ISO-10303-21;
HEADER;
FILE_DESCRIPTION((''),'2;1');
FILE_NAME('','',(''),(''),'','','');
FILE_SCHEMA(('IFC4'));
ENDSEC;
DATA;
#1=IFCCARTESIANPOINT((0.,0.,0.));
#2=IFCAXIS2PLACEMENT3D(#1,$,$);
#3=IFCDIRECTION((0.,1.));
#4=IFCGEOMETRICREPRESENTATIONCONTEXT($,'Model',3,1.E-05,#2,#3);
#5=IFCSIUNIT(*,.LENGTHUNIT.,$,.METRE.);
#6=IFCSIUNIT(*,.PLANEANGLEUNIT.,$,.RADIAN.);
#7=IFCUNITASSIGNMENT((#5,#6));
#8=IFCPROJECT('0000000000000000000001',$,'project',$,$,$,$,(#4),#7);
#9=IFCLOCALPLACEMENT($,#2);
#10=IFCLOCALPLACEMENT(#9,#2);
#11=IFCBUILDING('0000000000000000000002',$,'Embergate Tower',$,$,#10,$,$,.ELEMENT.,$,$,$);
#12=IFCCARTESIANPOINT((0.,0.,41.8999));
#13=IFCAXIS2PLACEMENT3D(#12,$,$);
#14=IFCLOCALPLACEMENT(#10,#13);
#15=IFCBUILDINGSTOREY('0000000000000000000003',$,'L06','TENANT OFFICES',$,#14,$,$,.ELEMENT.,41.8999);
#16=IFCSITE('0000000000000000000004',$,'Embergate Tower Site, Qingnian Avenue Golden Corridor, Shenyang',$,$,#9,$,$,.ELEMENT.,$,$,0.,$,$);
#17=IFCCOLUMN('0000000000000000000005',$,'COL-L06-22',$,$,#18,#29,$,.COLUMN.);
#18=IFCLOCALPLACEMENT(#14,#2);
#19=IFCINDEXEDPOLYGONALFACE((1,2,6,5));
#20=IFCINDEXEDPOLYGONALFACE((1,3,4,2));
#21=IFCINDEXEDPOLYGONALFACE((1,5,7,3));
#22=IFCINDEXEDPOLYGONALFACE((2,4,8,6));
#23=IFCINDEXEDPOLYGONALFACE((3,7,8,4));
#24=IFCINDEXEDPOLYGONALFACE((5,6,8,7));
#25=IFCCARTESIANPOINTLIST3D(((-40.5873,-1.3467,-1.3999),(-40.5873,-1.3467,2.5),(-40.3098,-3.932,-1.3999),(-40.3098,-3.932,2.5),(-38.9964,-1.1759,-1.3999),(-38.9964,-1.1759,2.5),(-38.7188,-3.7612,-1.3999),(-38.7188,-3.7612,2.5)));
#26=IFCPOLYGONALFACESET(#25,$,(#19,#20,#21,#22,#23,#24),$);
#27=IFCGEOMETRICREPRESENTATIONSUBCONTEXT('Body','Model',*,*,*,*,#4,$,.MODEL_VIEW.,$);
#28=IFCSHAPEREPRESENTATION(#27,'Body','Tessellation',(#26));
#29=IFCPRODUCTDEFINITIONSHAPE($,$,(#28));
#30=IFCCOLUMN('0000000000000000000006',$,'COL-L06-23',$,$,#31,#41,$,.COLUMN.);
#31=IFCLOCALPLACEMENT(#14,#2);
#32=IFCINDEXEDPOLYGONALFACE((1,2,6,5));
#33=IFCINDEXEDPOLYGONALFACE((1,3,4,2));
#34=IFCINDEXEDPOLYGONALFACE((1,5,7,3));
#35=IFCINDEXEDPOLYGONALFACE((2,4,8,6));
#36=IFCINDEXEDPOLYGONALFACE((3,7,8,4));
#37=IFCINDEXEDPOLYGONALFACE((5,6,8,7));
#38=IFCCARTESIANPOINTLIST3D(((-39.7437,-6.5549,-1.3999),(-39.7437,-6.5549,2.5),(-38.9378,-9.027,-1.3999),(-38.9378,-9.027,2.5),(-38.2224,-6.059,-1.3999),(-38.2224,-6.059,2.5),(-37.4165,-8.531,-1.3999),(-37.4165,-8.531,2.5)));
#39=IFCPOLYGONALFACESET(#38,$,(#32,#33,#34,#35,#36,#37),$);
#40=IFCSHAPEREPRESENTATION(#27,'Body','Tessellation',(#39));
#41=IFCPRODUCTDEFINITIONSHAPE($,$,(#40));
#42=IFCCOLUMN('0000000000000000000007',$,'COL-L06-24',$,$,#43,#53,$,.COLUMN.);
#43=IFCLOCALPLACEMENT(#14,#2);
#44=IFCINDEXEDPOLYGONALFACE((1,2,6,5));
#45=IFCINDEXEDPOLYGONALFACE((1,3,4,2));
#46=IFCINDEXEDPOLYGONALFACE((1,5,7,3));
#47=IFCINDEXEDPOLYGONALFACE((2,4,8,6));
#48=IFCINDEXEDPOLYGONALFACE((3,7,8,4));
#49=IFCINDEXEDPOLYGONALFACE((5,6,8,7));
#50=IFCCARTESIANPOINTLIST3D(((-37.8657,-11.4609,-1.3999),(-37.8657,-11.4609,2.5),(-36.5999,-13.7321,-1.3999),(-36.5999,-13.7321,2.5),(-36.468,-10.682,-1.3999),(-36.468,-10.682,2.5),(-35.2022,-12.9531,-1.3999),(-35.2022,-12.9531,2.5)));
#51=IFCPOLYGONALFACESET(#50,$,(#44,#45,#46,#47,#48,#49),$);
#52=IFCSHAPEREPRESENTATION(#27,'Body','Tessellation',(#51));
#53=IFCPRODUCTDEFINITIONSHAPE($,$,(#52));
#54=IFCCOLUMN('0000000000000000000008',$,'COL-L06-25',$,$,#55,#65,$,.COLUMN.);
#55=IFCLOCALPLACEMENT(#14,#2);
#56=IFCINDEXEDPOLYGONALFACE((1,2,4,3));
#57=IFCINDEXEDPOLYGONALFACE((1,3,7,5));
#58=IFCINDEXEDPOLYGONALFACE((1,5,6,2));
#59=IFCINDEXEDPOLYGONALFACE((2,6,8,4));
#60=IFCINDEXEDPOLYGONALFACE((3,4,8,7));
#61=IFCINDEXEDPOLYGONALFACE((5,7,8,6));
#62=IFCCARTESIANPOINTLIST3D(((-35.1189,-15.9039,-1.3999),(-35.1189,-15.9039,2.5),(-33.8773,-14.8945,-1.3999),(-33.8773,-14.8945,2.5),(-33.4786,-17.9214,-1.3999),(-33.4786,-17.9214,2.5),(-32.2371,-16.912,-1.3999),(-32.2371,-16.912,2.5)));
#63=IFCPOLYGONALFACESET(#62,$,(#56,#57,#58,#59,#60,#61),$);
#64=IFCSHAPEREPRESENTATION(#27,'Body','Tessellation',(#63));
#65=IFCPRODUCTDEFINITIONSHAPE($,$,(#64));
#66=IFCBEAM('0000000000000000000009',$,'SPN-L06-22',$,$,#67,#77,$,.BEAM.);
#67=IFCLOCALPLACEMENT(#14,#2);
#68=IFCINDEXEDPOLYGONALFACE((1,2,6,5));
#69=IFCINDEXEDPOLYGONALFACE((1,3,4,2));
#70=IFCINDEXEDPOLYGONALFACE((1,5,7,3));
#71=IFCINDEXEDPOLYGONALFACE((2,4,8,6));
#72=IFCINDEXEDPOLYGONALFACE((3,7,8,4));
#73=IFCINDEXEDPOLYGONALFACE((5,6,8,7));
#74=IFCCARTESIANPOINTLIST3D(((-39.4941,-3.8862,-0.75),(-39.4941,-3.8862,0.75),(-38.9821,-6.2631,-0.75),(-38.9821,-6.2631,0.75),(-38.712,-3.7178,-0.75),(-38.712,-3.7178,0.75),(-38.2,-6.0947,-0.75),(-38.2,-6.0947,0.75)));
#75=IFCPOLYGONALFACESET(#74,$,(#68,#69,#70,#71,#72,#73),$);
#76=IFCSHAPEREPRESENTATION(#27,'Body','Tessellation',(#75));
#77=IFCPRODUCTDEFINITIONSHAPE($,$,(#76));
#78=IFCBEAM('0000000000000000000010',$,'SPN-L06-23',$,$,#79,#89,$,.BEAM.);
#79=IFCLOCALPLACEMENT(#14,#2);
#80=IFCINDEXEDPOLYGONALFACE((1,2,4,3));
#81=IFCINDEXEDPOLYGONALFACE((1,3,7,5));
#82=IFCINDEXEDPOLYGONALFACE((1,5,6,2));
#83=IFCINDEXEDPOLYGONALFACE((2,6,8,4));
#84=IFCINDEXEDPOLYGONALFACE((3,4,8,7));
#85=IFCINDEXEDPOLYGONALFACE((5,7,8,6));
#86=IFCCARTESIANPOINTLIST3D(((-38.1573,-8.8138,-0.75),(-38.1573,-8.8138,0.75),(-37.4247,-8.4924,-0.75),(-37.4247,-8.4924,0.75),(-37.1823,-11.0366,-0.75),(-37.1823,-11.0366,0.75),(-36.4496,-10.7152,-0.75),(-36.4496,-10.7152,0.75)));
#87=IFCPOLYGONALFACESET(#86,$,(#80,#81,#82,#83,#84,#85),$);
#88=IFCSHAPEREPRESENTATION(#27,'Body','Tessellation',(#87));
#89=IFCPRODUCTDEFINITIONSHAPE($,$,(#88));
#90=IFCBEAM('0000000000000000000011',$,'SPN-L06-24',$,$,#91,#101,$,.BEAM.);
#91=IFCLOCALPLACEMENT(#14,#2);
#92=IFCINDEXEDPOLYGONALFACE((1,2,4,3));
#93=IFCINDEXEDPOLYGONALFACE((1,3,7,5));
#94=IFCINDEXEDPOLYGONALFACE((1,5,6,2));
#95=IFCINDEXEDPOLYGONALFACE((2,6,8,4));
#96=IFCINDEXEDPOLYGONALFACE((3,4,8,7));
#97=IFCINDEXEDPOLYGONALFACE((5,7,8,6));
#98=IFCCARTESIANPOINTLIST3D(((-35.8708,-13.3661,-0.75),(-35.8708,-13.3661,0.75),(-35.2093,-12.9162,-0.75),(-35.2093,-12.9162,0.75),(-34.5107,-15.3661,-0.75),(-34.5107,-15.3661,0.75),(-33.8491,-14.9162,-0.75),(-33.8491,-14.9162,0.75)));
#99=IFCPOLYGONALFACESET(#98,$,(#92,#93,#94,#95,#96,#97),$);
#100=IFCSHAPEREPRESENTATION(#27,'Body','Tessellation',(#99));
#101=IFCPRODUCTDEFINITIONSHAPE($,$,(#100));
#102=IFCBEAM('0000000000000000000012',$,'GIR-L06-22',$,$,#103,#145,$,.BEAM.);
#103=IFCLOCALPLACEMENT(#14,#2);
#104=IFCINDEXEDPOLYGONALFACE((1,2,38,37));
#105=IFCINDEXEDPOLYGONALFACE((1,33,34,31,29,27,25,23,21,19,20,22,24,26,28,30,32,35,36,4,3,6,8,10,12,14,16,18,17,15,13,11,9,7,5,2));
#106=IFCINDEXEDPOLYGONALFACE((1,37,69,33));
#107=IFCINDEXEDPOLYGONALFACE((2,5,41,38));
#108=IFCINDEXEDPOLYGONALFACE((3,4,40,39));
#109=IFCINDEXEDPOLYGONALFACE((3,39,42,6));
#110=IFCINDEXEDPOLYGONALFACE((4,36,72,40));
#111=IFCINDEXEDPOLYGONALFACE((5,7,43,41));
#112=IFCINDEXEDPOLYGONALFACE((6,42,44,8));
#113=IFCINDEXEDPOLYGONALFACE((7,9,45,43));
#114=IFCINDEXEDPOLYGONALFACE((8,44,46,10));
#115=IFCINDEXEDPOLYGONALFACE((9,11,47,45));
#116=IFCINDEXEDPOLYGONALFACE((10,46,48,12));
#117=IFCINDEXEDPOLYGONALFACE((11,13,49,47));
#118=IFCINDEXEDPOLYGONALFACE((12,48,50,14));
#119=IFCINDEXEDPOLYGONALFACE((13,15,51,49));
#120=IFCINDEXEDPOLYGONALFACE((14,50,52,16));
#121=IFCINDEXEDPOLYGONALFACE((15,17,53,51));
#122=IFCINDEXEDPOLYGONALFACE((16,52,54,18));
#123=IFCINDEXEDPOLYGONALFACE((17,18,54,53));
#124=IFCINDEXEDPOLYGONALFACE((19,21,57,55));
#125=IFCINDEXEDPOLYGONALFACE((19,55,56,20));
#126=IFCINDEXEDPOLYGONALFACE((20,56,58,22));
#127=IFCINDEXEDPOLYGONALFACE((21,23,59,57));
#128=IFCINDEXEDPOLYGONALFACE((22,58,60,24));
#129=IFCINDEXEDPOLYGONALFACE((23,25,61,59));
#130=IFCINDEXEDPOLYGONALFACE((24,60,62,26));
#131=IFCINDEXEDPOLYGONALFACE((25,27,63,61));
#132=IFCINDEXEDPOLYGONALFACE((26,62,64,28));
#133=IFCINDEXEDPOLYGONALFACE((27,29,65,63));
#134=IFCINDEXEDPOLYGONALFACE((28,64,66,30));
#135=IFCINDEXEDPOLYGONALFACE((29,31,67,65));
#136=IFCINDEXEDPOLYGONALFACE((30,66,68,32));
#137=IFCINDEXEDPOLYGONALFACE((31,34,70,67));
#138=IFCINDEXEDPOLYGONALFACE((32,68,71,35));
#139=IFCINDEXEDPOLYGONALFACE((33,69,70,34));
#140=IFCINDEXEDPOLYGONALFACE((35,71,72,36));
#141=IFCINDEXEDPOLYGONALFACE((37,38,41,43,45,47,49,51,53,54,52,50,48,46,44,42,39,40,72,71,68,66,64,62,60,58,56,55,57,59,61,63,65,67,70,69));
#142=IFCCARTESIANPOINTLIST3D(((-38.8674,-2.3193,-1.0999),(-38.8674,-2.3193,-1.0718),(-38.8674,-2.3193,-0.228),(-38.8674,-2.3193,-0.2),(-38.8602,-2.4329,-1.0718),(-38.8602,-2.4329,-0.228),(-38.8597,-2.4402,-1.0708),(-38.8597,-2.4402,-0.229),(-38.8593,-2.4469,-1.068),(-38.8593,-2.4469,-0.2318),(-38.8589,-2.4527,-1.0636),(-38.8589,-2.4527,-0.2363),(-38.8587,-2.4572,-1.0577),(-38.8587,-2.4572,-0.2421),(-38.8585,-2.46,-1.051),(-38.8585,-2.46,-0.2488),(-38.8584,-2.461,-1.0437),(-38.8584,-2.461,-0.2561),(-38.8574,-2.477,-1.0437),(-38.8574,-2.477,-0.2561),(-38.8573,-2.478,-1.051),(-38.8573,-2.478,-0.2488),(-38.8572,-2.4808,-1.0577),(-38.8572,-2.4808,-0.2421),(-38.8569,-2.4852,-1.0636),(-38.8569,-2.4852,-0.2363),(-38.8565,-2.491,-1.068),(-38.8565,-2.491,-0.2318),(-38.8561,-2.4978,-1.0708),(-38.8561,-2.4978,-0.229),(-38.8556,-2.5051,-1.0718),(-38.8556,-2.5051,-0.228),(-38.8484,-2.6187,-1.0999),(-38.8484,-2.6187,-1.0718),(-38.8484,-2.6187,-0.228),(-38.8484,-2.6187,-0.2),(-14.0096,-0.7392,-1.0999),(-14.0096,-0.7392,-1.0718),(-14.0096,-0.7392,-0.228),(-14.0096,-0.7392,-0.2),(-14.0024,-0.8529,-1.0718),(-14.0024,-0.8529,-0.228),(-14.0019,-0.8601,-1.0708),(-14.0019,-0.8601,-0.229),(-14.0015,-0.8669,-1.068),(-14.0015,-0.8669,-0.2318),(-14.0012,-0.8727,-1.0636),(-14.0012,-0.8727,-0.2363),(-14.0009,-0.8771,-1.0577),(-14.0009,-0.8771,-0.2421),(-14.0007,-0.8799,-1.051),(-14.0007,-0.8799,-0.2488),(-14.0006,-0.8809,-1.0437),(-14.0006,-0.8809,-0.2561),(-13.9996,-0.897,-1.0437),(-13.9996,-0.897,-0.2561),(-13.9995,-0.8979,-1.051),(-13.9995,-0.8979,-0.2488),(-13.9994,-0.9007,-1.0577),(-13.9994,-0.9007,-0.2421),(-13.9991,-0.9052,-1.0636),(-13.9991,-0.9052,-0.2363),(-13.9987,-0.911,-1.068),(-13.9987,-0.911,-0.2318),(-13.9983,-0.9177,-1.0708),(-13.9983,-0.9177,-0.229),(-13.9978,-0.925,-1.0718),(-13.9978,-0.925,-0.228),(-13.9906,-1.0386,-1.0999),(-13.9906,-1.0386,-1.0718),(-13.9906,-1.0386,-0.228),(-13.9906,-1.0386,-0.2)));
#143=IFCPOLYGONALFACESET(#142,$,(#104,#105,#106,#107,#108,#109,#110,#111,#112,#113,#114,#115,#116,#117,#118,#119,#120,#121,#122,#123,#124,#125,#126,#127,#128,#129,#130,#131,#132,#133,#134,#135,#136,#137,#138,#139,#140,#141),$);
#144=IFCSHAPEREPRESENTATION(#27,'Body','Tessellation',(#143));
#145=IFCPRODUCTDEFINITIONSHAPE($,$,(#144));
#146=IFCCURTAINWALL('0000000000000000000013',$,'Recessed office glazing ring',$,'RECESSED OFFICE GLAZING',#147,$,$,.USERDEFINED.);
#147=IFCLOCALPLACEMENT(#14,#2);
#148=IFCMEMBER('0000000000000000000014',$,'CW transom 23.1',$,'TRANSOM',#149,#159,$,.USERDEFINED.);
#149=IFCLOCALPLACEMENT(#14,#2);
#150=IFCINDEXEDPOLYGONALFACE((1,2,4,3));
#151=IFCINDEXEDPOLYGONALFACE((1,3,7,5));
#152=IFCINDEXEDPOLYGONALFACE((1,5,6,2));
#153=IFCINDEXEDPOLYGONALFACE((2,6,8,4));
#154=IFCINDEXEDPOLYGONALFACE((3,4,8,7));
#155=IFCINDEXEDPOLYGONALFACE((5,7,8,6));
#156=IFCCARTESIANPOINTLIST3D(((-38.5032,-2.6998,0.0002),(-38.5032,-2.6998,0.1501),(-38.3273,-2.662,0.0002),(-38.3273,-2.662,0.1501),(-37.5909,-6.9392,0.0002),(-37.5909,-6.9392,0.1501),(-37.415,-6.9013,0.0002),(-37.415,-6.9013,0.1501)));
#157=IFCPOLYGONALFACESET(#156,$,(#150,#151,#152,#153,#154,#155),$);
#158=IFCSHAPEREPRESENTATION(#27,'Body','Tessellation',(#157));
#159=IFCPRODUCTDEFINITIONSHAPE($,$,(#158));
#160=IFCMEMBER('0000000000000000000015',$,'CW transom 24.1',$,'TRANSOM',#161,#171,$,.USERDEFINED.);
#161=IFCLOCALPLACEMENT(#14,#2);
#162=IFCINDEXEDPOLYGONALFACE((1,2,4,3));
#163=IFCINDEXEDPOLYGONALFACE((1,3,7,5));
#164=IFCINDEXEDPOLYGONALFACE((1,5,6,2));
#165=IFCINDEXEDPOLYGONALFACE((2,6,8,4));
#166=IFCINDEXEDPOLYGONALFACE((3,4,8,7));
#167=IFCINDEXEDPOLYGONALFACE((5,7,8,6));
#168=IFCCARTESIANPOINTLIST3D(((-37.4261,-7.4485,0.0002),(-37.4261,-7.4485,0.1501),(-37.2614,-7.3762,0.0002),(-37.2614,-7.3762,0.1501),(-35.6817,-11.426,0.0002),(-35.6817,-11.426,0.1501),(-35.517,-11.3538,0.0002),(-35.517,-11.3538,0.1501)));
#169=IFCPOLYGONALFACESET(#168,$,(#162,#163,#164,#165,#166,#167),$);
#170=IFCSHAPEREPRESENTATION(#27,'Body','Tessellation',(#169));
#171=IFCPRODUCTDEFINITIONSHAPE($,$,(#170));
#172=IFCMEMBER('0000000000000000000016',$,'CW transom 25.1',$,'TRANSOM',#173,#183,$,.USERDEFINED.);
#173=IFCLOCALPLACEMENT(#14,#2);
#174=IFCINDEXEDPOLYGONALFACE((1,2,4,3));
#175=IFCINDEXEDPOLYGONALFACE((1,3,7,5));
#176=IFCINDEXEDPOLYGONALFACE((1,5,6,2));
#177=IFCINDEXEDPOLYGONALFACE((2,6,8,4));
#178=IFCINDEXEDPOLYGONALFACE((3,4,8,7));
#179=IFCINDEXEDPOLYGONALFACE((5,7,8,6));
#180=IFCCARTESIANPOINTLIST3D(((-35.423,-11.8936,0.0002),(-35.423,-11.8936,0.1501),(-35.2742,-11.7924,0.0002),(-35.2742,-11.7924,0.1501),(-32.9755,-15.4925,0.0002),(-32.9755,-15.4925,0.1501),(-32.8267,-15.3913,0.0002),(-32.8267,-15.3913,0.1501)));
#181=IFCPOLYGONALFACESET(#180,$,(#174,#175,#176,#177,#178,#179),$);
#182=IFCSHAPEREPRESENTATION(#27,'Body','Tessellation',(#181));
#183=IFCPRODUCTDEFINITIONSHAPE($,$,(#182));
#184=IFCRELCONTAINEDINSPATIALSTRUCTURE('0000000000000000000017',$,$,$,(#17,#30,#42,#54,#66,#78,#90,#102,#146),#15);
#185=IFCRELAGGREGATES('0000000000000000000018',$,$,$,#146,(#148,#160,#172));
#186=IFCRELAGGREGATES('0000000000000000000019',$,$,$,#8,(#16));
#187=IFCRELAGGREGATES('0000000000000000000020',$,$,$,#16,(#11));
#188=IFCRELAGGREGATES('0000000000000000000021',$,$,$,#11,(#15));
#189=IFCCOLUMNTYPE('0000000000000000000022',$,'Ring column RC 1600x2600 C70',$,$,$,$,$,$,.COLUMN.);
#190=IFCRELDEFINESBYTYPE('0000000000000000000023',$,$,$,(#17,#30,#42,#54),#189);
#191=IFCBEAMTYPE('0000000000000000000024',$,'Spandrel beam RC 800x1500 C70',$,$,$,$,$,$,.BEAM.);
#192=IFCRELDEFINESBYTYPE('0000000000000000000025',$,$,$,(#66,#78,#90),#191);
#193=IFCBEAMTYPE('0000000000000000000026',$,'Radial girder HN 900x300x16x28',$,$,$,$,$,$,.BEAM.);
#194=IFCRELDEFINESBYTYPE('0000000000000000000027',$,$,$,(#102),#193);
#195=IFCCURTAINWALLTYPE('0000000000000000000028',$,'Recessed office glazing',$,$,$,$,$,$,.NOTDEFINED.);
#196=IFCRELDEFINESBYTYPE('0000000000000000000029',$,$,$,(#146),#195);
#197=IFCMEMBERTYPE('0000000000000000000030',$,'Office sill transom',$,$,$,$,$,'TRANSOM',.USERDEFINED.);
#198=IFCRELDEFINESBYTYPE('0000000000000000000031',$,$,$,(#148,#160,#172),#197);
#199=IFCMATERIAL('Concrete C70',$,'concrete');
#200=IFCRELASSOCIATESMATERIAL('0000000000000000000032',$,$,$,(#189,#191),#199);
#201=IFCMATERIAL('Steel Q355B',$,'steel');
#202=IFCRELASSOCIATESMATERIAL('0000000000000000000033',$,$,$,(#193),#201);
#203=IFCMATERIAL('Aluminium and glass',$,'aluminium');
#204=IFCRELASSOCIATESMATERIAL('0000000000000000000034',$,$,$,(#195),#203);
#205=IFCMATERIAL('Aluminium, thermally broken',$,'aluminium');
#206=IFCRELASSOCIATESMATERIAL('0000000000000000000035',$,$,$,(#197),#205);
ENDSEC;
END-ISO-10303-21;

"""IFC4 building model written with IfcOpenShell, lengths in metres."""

from ifc_helpers import new_model, si_unit, direction, frame, origin, origin_2d, place, context, subcontext, project, spatial, rectangle, i_section, extrude, source, transform, mapped, material, material_profile, profile_set, type_object, element, aggregate, save


model = new_model("IFC4")

# Units and contexts
model_context = context("Model", 3, precision=1e-05, world=origin(), true_north=direction((0.0, 1.0)))
body_context = subcontext(model_context, "Body", "Model", "MODEL_VIEW")
ifc_project = project(units=[si_unit("LENGTHUNIT", "METRE"), si_unit("PLANEANGLEUNIT", "RADIAN")], contexts=[model_context])

# Site, building, storey
site_placement = place(None, origin())
site = spatial("IfcSite", under=ifc_project, at=site_placement, Name="Embergate Tower Site, Qingnian Avenue Golden Corridor, Shenyang", CompositionType="ELEMENT", RefElevation=0.0)
building_placement = place(site_placement, origin())
building = spatial("IfcBuilding", under=site, at=building_placement, Name="Embergate Tower", CompositionType="ELEMENT")
storey_placement = place(building_placement, frame((0.0, 0.0, 41.8999)))
storey = spatial("IfcBuildingStorey", under=building, at=storey_placement, Name="L06", Description="TENANT OFFICES", CompositionType="ELEMENT", Elevation=41.8999)

# Columns
ifc_material_1 = material(Name="Concrete C70", Category="concrete")
ifc_material_profile_1 = material_profile(ifc_material_1, rectangle(XDim=1.6001, YDim=2.6001, at=origin_2d()), Name="RC 1600x2600")
ifc_profile_set_1 = profile_set([ifc_material_profile_1], Name="Concrete C70")
column_type = type_object("IfcColumnType", Name="Ring column RC 1600x2600 C70", PredefinedType="COLUMN", material=ifc_profile_set_1)
shared_shape_1 = source(origin(), body_context, "Body", "SweptSolid", [
    extrude(rectangle(XDim=1.6001, YDim=2.6001, at=origin_2d()), origin(), (0.0, 0.0, 1.0), 3.8999),
])
for number, where, z_axis, x_axis, name in (
    (1, (-39.6531, -2.554, -1.3999), (0.0, 0.0, 1.0), (-0.994286, -0.10675, 0.0), "COL-L06-22"),
    (2, (-38.5801, -7.543, -1.3999), (0.0, 0.0, 1.0), (-0.950754, -0.309946, 0.0), "COL-L06-23"),
    (3, (-36.5339, -12.207, -1.3999), (0.0, 0.0, 1.0), (-0.873492, -0.486839, 0.0), "COL-L06-24"),
    (4, (-33.678, -16.408, -1.3999), (0.0, 0.0, 1.0), (-0.775914, -0.630838, 0.0), "COL-L06-25"),
):
    element("IfcColumn", number, at=place(storey_placement, frame(where, z_axis=z_axis, x_axis=x_axis)), inside=storey, type_object=column_type, Name=name, PredefinedType="COLUMN", context=body_context, shape_type="MappedRepresentation", body=[
        mapped(shared_shape_1, transform((0.0, 0.0, 0.0))),
    ])

# Beams
ifc_material_profile_2 = material_profile(ifc_material_1, rectangle(XDim=0.8, YDim=1.5, at=origin_2d()), Name="RC 800x1500")
ifc_profile_set_2 = profile_set([ifc_material_profile_2], Name="Concrete C70")
beam_type_1 = type_object("IfcBeamType", Name="Spandrel beam RC 800x1500 C70", PredefinedType="BEAM", material=ifc_profile_set_2)
shared_shape_2 = source(origin(), body_context, "Body", "SweptSolid", [
    extrude(rectangle(XDim=0.8, YDim=1.5, at=origin_2d()), origin(), (0.0, 0.0, 1.0), 2.4314),
])
beam_1_placement = place(storey_placement, frame((-39.103, -3.802, 0.0), z_axis=(0.210558, -0.977581, 0.0), x_axis=(0.977581, 0.210558, 0.0)))
element("IfcBeam", 5, at=beam_1_placement, inside=storey, type_object=beam_type_1, Name="SPN-L06-22", PredefinedType="BEAM", context=body_context, shape_type="MappedRepresentation", body=[
    mapped(shared_shape_2, transform((0.0, 0.0, 0.0))),
])
shared_shape_3 = source(origin(), body_context, "Body", "SweptSolid", [
    extrude(rectangle(XDim=0.8, YDim=1.5, at=origin_2d()), origin(), (0.0, 0.0, 1.0), 2.4272),
])
beam_2_placement = place(storey_placement, frame((-37.791, -8.6531, 0.0), z_axis=(0.40171, -0.915767, 0.0), x_axis=(0.915767, 0.40171, 0.0)))
element("IfcBeam", 6, at=beam_2_placement, inside=storey, type_object=beam_type_1, Name="SPN-L06-23", PredefinedType="BEAM", context=body_context, shape_type="MappedRepresentation", body=[
    mapped(shared_shape_3, transform((0.0, 0.0, 0.0))),
])
shared_shape_4 = source(origin(), body_context, "Body", "SweptSolid", [
    extrude(rectangle(XDim=0.8, YDim=1.5, at=origin_2d()), origin(), (0.0, 0.0, 1.0), 2.4187),
])
beam_3_placement = place(storey_placement, frame((-35.54, -13.1411, 0.0), z_axis=(0.56234, -0.826906, 0.0), x_axis=(0.826906, 0.56234, 0.0)))
element("IfcBeam", 7, at=beam_3_placement, inside=storey, type_object=beam_type_1, Name="SPN-L06-24", PredefinedType="BEAM", context=body_context, shape_type="MappedRepresentation", body=[
    mapped(shared_shape_4, transform((0.0, 0.0, 0.0))),
])
ifc_material_2 = material(Name="Steel Q355B", Category="steel")
ifc_material_profile_3 = material_profile(ifc_material_2, i_section(OverallWidth=0.3, OverallDepth=0.8999, WebThickness=0.0161, FlangeThickness=0.0281, FilletRadius=0.0281, at=origin_2d()), Name="HN 900x300x16x28")
ifc_profile_set_3 = profile_set([ifc_material_profile_3], Name="Steel Q355 grade B")
beam_type_2 = type_object("IfcBeamType", Name="Radial girder HN 900x300x16x28", PredefinedType="BEAM", material=ifc_profile_set_3)
shared_shape_5 = source(origin(), body_context, "Body", "SweptSolid", [
    extrude(i_section(OverallWidth=0.3, OverallDepth=0.8999, WebThickness=0.0161, FlangeThickness=0.0281, FilletRadius=0.0281, at=origin_2d()), origin(), (0.0, 0.0, 1.0), 24.908),
])
beam_4_placement = place(storey_placement, frame((-38.8579, -2.469, -0.6499), z_axis=(0.997986, 0.063436, 0.0), x_axis=(-0.063436, 0.997986, 0.0)))
element("IfcBeam", 8, at=beam_4_placement, inside=storey, type_object=beam_type_2, Name="GIR-L06-22", PredefinedType="BEAM", context=body_context, shape_type="MappedRepresentation", body=[
    mapped(shared_shape_5, transform((0.0, 0.0, 0.0))),
])

# Curtain wall, members
ifc_material_3 = material(Name="Aluminium and glass", Category="aluminium")
curtain_wall_type = type_object("IfcCurtainWallType", Name="Recessed office glazing", PredefinedType="NOTDEFINED", material=ifc_material_3)
curtain_wall_placement = place(storey_placement, origin())
curtain_wall = element("IfcCurtainWall", 9, at=curtain_wall_placement, inside=storey, type_object=curtain_wall_type, Name="Recessed office glazing ring", ObjectType="RECESSED OFFICE GLAZING", PredefinedType="USERDEFINED")
ifc_material_4 = material(Name="Aluminium, thermally broken", Category="aluminium")
ifc_material_profile_4 = material_profile(ifc_material_4, rectangle(XDim=0.1799, YDim=0.1499, at=origin_2d()), Name="AL 150x180")
ifc_profile_set_4 = profile_set([ifc_material_profile_4], Name="Aluminium, thermally broken")
member_type_1 = type_object("IfcMemberType", Name="Office sill transom", ElementType="TRANSOM", PredefinedType="USERDEFINED", material=ifc_profile_set_4)
shared_shape_6 = source(origin(), body_context, "Body", "SweptSolid", [
    extrude(rectangle(XDim=0.1799, YDim=0.1499, at=origin_2d()), origin(), (0.0, 0.0, 1.0), 4.3364),
])
member_1_placement = place(storey_placement, frame((-38.4153, -2.6809, 0.0752), z_axis=(0.210398, -0.977616, 0.0), x_axis=(0.977616, 0.210398, 0.0)))
member_1 = element("IfcMember", 10, at=member_1_placement, type_object=member_type_1, Name="CW transom 23.1", ObjectType="TRANSOM", PredefinedType="USERDEFINED", context=body_context, shape_type="MappedRepresentation", body=[
    mapped(shared_shape_6, transform((0.0, 0.0, 0.0))),
])
shared_shape_7 = source(origin(), body_context, "Body", "SweptSolid", [
    extrude(rectangle(XDim=0.1799, YDim=0.1499, at=origin_2d()), origin(), (0.0, 0.0, 1.0), 4.3433),
])
member_2_placement = place(storey_placement, frame((-37.3438, -7.4124, 0.0752), z_axis=(0.401633, -0.915801, 0.0), x_axis=(0.915801, 0.401633, 0.0)))
member_2 = element("IfcMember", 11, at=member_2_placement, type_object=member_type_1, Name="CW transom 24.1", ObjectType="TRANSOM", PredefinedType="USERDEFINED", context=body_context, shape_type="MappedRepresentation", body=[
    mapped(shared_shape_7, transform((0.0, 0.0, 0.0))),
])
shared_shape_8 = source(origin(), body_context, "Body", "SweptSolid", [
    extrude(rectangle(XDim=0.1799, YDim=0.1499, at=origin_2d()), origin(), (0.0, 0.0, 1.0), 4.3523),
])
member_3_placement = place(storey_placement, frame((-35.3486, -11.843, 0.0752), z_axis=(0.562353, -0.826897, 0.0), x_axis=(0.826897, 0.562353, 0.0)))
member_3 = element("IfcMember", 12, at=member_3_placement, type_object=member_type_1, Name="CW transom 25.1", ObjectType="TRANSOM", PredefinedType="USERDEFINED", context=body_context, shape_type="MappedRepresentation", body=[
    mapped(shared_shape_8, transform((0.0, 0.0, 0.0))),
])
aggregate(curtain_wall, [member_1, member_2, member_3])

save(model, "model.ifc")
